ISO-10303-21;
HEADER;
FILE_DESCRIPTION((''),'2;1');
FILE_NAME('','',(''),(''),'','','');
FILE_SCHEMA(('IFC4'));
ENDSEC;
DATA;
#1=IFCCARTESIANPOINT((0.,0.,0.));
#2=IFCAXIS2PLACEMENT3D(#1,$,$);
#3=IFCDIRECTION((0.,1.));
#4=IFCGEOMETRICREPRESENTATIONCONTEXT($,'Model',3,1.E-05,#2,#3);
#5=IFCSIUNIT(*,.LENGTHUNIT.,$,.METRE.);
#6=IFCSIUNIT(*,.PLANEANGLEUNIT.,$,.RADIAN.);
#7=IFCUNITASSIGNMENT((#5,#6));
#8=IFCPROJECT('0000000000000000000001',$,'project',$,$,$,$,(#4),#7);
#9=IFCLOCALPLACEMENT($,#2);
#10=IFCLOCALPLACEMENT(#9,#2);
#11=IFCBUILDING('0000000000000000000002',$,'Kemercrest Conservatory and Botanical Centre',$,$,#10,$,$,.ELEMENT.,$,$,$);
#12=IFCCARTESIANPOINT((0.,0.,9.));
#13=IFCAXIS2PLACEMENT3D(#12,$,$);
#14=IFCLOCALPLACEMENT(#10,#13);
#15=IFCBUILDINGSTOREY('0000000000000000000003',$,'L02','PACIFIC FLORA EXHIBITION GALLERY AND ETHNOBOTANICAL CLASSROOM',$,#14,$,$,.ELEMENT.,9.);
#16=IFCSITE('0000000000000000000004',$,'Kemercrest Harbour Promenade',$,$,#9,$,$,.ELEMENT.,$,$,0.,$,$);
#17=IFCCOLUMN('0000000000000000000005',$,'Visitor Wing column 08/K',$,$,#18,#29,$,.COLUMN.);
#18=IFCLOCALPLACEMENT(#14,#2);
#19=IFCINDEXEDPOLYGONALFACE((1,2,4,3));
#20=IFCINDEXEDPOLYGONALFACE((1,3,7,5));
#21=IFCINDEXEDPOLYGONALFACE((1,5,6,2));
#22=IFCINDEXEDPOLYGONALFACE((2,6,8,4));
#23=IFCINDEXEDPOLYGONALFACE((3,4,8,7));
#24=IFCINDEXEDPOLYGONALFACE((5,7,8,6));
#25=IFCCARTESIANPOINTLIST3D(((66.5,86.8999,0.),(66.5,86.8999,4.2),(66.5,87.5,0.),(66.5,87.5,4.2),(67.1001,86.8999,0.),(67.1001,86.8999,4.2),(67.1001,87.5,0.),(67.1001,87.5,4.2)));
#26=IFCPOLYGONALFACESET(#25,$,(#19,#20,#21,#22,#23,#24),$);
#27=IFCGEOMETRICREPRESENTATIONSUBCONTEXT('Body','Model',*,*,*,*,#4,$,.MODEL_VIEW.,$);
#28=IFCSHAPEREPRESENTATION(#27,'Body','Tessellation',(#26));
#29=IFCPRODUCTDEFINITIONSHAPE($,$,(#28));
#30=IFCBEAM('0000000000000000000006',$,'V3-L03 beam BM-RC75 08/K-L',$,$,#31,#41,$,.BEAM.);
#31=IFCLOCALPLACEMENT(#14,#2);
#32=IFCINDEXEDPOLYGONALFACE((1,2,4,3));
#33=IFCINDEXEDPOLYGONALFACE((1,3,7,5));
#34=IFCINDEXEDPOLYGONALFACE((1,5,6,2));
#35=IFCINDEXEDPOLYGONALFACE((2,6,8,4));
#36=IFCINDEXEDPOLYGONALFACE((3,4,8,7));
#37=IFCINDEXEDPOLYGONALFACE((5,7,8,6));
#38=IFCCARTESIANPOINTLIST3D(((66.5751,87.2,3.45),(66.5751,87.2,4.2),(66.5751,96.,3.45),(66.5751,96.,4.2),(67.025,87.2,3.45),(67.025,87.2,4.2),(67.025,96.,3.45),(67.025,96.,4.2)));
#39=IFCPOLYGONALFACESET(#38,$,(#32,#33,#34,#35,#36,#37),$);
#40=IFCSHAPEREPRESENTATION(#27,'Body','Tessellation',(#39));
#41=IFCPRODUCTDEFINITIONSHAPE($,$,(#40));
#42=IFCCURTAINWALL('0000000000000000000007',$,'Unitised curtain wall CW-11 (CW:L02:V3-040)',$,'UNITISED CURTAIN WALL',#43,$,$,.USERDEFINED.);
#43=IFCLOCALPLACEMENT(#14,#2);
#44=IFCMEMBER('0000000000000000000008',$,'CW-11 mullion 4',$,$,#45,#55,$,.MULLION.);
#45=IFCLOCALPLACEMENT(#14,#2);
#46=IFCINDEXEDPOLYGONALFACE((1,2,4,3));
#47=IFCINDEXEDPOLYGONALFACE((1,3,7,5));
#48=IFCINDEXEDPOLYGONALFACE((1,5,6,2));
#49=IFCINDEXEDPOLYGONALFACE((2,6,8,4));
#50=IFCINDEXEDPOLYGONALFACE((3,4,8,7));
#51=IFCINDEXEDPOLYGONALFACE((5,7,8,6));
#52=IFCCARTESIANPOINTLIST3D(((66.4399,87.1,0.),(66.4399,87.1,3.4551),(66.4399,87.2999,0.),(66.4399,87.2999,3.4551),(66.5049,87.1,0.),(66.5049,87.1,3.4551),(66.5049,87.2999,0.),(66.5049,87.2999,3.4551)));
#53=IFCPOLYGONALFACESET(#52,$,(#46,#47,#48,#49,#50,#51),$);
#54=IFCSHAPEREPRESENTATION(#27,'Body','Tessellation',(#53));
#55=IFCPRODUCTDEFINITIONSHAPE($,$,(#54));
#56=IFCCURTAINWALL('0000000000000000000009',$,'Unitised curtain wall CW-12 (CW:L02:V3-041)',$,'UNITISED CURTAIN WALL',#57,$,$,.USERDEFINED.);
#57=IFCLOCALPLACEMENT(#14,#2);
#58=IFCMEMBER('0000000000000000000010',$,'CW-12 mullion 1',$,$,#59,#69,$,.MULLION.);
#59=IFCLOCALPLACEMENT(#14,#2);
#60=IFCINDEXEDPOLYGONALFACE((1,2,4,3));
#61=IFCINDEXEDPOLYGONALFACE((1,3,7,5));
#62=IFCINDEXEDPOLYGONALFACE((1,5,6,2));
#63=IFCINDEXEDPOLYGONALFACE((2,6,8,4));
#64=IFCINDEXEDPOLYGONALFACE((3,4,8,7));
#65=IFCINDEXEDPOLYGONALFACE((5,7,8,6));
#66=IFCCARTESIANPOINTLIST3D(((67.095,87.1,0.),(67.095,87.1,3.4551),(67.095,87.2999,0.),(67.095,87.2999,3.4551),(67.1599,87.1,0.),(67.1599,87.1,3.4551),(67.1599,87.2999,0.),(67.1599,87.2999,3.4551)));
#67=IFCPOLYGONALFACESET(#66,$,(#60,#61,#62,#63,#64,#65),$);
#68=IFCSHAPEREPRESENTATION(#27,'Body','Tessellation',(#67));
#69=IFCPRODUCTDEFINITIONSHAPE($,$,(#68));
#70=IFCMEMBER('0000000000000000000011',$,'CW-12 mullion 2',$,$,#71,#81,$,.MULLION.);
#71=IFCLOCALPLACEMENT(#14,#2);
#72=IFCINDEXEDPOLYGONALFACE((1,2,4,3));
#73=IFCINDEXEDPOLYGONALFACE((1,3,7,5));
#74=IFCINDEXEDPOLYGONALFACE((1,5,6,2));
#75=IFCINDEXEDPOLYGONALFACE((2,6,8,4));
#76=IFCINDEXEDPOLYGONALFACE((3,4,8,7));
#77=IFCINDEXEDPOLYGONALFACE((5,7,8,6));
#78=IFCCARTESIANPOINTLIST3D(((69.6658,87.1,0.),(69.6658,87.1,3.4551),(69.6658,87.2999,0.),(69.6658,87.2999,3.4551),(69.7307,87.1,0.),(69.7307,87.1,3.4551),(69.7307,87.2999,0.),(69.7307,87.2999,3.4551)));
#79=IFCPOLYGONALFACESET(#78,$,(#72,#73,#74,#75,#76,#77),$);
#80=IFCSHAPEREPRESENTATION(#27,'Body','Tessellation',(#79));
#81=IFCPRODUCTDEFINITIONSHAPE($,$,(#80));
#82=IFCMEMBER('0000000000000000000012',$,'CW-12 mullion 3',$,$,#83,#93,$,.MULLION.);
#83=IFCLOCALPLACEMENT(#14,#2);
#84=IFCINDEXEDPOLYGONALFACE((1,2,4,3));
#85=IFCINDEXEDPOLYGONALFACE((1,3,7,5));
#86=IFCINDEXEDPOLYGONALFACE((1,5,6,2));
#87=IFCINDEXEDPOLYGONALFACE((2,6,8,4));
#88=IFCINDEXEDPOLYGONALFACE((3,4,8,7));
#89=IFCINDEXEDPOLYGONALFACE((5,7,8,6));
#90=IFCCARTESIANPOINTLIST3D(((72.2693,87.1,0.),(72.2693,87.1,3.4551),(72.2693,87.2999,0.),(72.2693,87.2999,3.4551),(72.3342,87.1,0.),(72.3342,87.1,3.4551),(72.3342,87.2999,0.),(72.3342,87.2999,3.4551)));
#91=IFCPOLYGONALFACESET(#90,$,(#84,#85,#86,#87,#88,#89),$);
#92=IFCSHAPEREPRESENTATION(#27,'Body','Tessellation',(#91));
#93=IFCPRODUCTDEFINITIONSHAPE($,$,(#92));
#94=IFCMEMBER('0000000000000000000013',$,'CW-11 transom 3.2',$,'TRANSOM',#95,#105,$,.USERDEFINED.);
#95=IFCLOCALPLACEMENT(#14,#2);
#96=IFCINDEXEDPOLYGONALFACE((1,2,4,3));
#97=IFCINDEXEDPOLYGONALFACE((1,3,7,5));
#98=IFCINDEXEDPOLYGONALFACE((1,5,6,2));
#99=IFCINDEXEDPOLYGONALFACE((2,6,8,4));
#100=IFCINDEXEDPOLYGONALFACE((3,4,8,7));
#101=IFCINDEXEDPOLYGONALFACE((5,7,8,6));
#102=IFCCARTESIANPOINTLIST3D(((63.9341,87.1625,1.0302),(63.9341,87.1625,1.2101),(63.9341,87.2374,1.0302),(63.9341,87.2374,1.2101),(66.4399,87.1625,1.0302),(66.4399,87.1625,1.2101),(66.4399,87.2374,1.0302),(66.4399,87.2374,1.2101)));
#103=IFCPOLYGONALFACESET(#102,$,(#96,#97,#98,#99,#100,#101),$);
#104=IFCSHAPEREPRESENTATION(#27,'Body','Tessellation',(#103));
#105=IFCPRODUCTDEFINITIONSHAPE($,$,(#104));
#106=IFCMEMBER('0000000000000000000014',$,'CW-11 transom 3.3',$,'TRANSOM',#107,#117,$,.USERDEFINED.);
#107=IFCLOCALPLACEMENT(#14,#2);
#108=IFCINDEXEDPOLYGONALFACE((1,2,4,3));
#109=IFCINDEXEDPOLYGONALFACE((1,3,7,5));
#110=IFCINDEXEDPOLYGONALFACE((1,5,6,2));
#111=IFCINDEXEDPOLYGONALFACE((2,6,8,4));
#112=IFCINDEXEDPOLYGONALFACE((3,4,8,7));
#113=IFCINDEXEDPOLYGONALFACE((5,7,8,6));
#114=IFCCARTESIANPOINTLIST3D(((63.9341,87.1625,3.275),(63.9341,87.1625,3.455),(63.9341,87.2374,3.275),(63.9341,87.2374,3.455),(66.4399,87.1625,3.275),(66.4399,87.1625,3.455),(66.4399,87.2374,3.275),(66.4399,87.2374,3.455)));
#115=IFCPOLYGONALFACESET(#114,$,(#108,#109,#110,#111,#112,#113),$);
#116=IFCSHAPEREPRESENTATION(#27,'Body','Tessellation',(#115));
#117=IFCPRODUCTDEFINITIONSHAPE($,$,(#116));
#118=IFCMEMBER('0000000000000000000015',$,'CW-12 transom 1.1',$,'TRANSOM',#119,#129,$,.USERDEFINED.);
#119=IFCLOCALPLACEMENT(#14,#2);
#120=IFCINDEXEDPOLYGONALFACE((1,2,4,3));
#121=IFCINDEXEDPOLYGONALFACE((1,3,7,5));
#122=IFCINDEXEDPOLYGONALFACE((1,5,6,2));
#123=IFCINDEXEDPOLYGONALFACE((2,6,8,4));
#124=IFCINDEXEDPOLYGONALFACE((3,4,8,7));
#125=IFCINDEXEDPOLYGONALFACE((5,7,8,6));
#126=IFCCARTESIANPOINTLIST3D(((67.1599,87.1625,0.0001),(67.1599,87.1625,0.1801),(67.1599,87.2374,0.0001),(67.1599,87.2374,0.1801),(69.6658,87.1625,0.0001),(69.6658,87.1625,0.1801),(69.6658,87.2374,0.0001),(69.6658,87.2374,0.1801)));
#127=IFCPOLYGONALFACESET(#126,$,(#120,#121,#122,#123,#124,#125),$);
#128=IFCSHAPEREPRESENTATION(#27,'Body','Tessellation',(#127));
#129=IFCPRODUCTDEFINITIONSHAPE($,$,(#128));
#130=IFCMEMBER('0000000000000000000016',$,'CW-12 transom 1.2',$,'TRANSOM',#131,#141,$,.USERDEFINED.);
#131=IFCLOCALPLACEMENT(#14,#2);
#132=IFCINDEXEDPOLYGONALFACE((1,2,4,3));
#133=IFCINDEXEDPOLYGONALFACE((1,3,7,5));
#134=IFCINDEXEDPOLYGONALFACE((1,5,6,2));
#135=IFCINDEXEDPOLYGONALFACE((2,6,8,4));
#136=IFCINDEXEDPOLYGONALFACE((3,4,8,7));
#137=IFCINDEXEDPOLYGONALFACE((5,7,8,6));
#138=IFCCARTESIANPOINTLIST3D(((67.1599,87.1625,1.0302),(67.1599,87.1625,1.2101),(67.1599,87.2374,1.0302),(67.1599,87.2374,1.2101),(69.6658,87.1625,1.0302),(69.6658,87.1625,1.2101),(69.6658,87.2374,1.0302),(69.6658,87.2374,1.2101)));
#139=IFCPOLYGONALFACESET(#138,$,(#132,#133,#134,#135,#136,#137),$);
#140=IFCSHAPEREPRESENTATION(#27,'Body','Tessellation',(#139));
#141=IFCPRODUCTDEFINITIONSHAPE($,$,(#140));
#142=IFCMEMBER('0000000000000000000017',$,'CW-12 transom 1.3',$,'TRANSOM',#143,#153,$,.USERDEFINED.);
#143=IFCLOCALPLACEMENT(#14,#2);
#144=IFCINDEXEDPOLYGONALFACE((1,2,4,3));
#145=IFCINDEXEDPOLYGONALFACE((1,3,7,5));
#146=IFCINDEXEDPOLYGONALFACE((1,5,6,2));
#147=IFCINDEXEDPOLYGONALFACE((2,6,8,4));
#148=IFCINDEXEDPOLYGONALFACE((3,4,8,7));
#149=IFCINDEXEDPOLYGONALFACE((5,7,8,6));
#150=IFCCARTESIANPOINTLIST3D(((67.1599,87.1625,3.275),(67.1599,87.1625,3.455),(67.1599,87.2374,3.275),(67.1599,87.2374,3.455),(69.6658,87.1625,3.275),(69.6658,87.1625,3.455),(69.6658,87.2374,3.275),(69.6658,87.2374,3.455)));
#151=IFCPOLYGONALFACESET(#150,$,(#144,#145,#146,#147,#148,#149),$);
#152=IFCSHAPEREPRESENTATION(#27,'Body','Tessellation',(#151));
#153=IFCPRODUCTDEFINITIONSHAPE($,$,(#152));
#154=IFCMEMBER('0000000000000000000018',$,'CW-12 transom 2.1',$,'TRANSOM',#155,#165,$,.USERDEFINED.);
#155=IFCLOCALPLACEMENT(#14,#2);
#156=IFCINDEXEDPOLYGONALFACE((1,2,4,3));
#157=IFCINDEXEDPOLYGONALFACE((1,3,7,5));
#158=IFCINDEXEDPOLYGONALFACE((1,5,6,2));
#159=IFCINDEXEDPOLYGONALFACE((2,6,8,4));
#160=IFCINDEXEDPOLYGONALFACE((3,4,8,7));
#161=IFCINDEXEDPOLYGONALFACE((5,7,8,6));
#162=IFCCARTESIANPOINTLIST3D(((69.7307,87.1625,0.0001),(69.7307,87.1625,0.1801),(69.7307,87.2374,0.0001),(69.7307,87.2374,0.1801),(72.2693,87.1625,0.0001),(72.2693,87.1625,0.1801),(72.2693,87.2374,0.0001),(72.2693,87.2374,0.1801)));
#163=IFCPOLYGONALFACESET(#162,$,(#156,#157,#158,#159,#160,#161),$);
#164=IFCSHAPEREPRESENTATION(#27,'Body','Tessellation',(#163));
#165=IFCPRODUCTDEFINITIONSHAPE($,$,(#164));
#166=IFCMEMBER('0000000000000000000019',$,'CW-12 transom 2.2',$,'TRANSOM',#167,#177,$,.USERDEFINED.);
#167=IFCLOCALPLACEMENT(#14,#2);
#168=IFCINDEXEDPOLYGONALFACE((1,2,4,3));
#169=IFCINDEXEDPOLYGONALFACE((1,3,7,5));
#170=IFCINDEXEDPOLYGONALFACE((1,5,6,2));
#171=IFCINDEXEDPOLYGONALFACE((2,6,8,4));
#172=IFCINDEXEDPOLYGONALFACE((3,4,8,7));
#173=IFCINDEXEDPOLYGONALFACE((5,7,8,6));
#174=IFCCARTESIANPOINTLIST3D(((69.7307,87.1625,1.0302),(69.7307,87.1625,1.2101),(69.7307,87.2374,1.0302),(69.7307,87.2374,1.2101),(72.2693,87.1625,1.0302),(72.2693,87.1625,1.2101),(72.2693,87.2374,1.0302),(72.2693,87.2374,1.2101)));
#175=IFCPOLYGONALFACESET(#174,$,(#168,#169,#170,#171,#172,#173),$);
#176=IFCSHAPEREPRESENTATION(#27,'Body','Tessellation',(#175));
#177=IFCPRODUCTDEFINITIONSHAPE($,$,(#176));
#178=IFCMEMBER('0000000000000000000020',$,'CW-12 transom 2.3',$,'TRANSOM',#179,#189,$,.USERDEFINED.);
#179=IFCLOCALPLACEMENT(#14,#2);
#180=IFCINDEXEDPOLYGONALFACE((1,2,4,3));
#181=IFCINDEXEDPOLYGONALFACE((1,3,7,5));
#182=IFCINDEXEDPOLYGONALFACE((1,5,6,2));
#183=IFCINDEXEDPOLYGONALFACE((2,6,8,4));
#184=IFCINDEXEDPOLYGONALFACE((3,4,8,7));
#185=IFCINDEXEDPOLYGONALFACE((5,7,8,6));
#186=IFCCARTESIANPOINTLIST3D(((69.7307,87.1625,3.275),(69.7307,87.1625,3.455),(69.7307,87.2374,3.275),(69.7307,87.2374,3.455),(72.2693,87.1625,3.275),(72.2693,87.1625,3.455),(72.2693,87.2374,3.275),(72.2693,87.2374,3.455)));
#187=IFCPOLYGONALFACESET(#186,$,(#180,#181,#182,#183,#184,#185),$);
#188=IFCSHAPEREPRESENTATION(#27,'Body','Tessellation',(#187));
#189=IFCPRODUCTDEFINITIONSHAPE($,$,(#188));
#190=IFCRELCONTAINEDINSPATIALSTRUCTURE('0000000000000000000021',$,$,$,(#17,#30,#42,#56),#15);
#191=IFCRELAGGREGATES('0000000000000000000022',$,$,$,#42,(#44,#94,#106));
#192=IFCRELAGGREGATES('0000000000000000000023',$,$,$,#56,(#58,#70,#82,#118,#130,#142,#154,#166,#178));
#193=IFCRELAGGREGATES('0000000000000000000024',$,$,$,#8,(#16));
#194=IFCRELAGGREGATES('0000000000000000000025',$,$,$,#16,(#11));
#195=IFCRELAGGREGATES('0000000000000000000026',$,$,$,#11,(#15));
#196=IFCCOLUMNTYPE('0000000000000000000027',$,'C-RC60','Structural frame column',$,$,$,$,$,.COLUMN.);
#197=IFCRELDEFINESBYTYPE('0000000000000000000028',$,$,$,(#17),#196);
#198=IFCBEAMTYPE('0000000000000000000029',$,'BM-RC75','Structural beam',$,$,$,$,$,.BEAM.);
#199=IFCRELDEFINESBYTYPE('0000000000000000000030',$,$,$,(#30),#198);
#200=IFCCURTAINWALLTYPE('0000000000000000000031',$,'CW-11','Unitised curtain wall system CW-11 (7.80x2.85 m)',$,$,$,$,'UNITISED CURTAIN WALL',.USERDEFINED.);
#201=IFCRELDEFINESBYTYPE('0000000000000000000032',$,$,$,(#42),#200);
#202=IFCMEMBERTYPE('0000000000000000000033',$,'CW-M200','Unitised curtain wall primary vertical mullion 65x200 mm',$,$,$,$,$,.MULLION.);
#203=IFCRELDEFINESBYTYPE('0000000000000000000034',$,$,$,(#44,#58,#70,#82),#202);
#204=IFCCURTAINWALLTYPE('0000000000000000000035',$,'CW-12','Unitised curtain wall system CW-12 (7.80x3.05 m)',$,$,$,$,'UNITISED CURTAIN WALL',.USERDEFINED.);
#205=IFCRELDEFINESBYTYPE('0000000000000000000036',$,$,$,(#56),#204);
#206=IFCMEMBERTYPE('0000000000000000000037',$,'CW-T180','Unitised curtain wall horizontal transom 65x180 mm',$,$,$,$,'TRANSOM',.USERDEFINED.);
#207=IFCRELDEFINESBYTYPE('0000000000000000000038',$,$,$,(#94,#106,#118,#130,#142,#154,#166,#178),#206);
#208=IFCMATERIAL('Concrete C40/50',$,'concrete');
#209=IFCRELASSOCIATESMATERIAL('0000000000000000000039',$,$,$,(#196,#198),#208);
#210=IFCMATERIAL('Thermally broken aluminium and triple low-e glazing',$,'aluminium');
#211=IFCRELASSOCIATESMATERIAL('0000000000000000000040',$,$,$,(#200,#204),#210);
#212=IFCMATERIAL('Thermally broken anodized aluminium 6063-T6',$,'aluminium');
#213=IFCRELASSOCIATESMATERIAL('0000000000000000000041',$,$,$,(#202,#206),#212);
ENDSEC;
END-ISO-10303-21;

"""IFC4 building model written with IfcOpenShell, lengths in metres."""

from ifc_helpers import new_model, si_unit, direction, frame, origin, origin_2d, place, context, subcontext, project, spatial, rectangle, extrude, material, material_profile, profile_set, type_object, element, aggregate, save


model = new_model("IFC4")

# Units and contexts
model_context = context("Model", 3, precision=1e-05, world=origin(), true_north=direction((0.0, 1.0)))
body_context = subcontext(model_context, "Body", "Model", "MODEL_VIEW")
ifc_project = project(units=[si_unit("LENGTHUNIT", "METRE"), si_unit("PLANEANGLEUNIT", "RADIAN")], contexts=[model_context])

# Site, building, storey
site_placement = place(None, origin())
site = spatial("IfcSite", under=ifc_project, at=site_placement, Name="Kemercrest Harbour Promenade", CompositionType="ELEMENT", RefElevation=0.0)
building_placement = place(site_placement, origin())
building = spatial("IfcBuilding", under=site, at=building_placement, Name="Kemercrest Conservatory and Botanical Centre", CompositionType="ELEMENT")
storey_placement = place(building_placement, frame((0.0, 0.0, 9.0)))
storey = spatial("IfcBuildingStorey", under=building, at=storey_placement, Name="L02", Description="PACIFIC FLORA EXHIBITION GALLERY AND ETHNOBOTANICAL CLASSROOM", CompositionType="ELEMENT", Elevation=9.0)

# Column
ifc_material_1 = material(Name="Concrete C40/50", Category="concrete")
ifc_material_profile_1 = material_profile(ifc_material_1, rectangle(XDim=0.6001, YDim=0.6001, at=origin_2d()), Name="RC 600x600")
ifc_profile_set_1 = profile_set([ifc_material_profile_1], Name="Concrete C40/50")
column_type = type_object("IfcColumnType", Name="C-RC60", Description="Structural frame column", PredefinedType="COLUMN", material=ifc_profile_set_1)
column_placement = place(storey_placement, frame((66.8, 87.2, 0.0), z_axis=(0.0, 0.0, 1.0), x_axis=(1.0, 0.0, 0.0)))
element("IfcColumn", 1, at=column_placement, inside=storey, type_object=column_type, Name="Visitor Wing column 08/K", PredefinedType="COLUMN", context=body_context, shape_type="SweptSolid", body=[
    extrude(rectangle(XDim=0.6001, YDim=0.6001, at=origin_2d()), origin(), (0.0, 0.0, 1.0), 4.2),
])

# Beam
ifc_material_profile_2 = material_profile(ifc_material_1, rectangle(XDim=0.45, YDim=0.75, at=origin_2d()), Name="RC 450x750")
ifc_profile_set_2 = profile_set([ifc_material_profile_2], Name="Concrete C40/50")
beam_type_1 = type_object("IfcBeamType", Name="BM-RC75", Description="Structural beam", PredefinedType="BEAM", material=ifc_profile_set_2)
beam_1_placement = place(storey_placement, frame((66.8, 87.2, 3.825), z_axis=(0.0, 1.0, 0.0), x_axis=(-1.0, 0.0, 0.0)))
element("IfcBeam", 2, at=beam_1_placement, inside=storey, type_object=beam_type_1, Name="V3-L03 beam BM-RC75 08/K-L", PredefinedType="BEAM", context=body_context, shape_type="SweptSolid", body=[
    extrude(rectangle(XDim=0.45, YDim=0.75, at=origin_2d()), origin(), (0.0, 0.0, 1.0), 8.8),
])

# Curtain wall, member
ifc_material_2 = material(Name="Thermally broken aluminium and triple low-e glazing", Category="aluminium")
curtain_wall_type_1 = type_object("IfcCurtainWallType", Name="CW-11", Description="Unitised curtain wall system CW-11 (7.80x2.85 m)", ElementType="UNITISED CURTAIN WALL", PredefinedType="USERDEFINED", material=ifc_material_2)
curtain_wall_1_placement = place(storey_placement, origin())
curtain_wall_1 = element("IfcCurtainWall", 3, at=curtain_wall_1_placement, inside=storey, type_object=curtain_wall_type_1, Name="Unitised curtain wall CW-11 (CW:L02:V3-040)", ObjectType="UNITISED CURTAIN WALL", PredefinedType="USERDEFINED")
ifc_material_3 = material(Name="Thermally broken anodized aluminium 6063-T6", Category="aluminium")
ifc_material_profile_3 = material_profile(ifc_material_3, rectangle(XDim=0.2, YDim=0.0649, at=origin_2d()), Name="AL MULLION 65x200")
ifc_profile_set_3 = profile_set([ifc_material_profile_3], Name="Thermally broken anodized aluminium 6063-T6")
member_type_1 = type_object("IfcMemberType", Name="CW-M200", Description="Unitised curtain wall primary vertical mullion 65x200 mm", PredefinedType="MULLION", material=ifc_profile_set_3)
member_1_placement = place(storey_placement, frame((66.4724, 87.2, 0.0), z_axis=(0.0, 0.0, 1.0), x_axis=(0.0, 1.0, 0.0)))
member_1 = element("IfcMember", 4, at=member_1_placement, type_object=member_type_1, Name="CW-11 mullion 4", PredefinedType="MULLION", context=body_context, shape_type="SweptSolid", body=[
    extrude(rectangle(XDim=0.2, YDim=0.0649, at=origin_2d()), origin(), (0.0, 0.0, 1.0), 3.4551),
])

# Curtain wall, members
curtain_wall_type_2 = type_object("IfcCurtainWallType", Name="CW-12", Description="Unitised curtain wall system CW-12 (7.80x3.05 m)", ElementType="UNITISED CURTAIN WALL", PredefinedType="USERDEFINED", material=ifc_material_2)
curtain_wall_2_placement = place(storey_placement, origin())
curtain_wall_2 = element("IfcCurtainWall", 5, at=curtain_wall_2_placement, inside=storey, type_object=curtain_wall_type_2, Name="Unitised curtain wall CW-12 (CW:L02:V3-041)", ObjectType="UNITISED CURTAIN WALL", PredefinedType="USERDEFINED")
member_2_placement = place(storey_placement, frame((67.1274, 87.2, 0.0), z_axis=(0.0, 0.0, 1.0), x_axis=(0.0, 1.0, 0.0)))
member_2 = element("IfcMember", 6, at=member_2_placement, type_object=member_type_1, Name="CW-12 mullion 1", PredefinedType="MULLION", context=body_context, shape_type="SweptSolid", body=[
    extrude(rectangle(XDim=0.2, YDim=0.0649, at=origin_2d()), origin(), (0.0, 0.0, 1.0), 3.4551),
])
member_3_placement = place(storey_placement, frame((69.6982, 87.2, 0.0), z_axis=(0.0, 0.0, 1.0), x_axis=(0.0, 1.0, 0.0)))
member_3 = element("IfcMember", 7, at=member_3_placement, type_object=member_type_1, Name="CW-12 mullion 2", PredefinedType="MULLION", context=body_context, shape_type="SweptSolid", body=[
    extrude(rectangle(XDim=0.2, YDim=0.0649, at=origin_2d()), origin(), (0.0, 0.0, 1.0), 3.4551),
])
member_4_placement = place(storey_placement, frame((72.3018, 87.2, 0.0), z_axis=(0.0, 0.0, 1.0), x_axis=(0.0, 1.0, 0.0)))
member_4 = element("IfcMember", 8, at=member_4_placement, type_object=member_type_1, Name="CW-12 mullion 3", PredefinedType="MULLION", context=body_context, shape_type="SweptSolid", body=[
    extrude(rectangle(XDim=0.2, YDim=0.0649, at=origin_2d()), origin(), (0.0, 0.0, 1.0), 3.4551),
])

# Members
ifc_material_profile_4 = material_profile(ifc_material_3, rectangle(XDim=0.075, YDim=0.1799, at=origin_2d()), Name="AL TRANSOM 75x180")
ifc_profile_set_4 = profile_set([ifc_material_profile_4], Name="Thermally broken anodized aluminium 6063-T6")
member_type_2 = type_object("IfcMemberType", Name="CW-T180", Description="Unitised curtain wall horizontal transom 65x180 mm", ElementType="TRANSOM", PredefinedType="USERDEFINED", material=ifc_profile_set_4)
member_5_placement = place(storey_placement, frame((63.9341, 87.2, 1.1201), z_axis=(1.0, 0.0, 0.0), x_axis=(0.0, 1.0, 0.0)))
member_5 = element("IfcMember", 9, at=member_5_placement, type_object=member_type_2, Name="CW-11 transom 3.2", ObjectType="TRANSOM", PredefinedType="USERDEFINED", context=body_context, shape_type="SweptSolid", body=[
    extrude(rectangle(XDim=0.075, YDim=0.1799, at=origin_2d()), origin(), (0.0, 0.0, 1.0), 2.5059),
])
member_6_placement = place(storey_placement, frame((63.9341, 87.2, 3.365), z_axis=(1.0, 0.0, 0.0), x_axis=(0.0, 1.0, 0.0)))
member_6 = element("IfcMember", 10, at=member_6_placement, type_object=member_type_2, Name="CW-11 transom 3.3", ObjectType="TRANSOM", PredefinedType="USERDEFINED", context=body_context, shape_type="SweptSolid", body=[
    extrude(rectangle(XDim=0.075, YDim=0.1799, at=origin_2d()), origin(), (0.0, 0.0, 1.0), 2.5059),
])
member_7_placement = place(storey_placement, frame((67.1599, 87.2, 0.0901), z_axis=(1.0, 0.0, 0.0), x_axis=(0.0, 1.0, 0.0)))
member_7 = element("IfcMember", 11, at=member_7_placement, type_object=member_type_2, Name="CW-12 transom 1.1", ObjectType="TRANSOM", PredefinedType="USERDEFINED", context=body_context, shape_type="SweptSolid", body=[
    extrude(rectangle(XDim=0.075, YDim=0.1799, at=origin_2d()), origin(), (0.0, 0.0, 1.0), 2.5059),
])
member_8_placement = place(storey_placement, frame((67.1599, 87.2, 1.1201), z_axis=(1.0, 0.0, 0.0), x_axis=(0.0, 1.0, 0.0)))
member_8 = element("IfcMember", 12, at=member_8_placement, type_object=member_type_2, Name="CW-12 transom 1.2", ObjectType="TRANSOM", PredefinedType="USERDEFINED", context=body_context, shape_type="SweptSolid", body=[
    extrude(rectangle(XDim=0.075, YDim=0.1799, at=origin_2d()), origin(), (0.0, 0.0, 1.0), 2.5059),
])
member_9_placement = place(storey_placement, frame((67.1599, 87.2, 3.365), z_axis=(1.0, 0.0, 0.0), x_axis=(0.0, 1.0, 0.0)))
member_9 = element("IfcMember", 13, at=member_9_placement, type_object=member_type_2, Name="CW-12 transom 1.3", ObjectType="TRANSOM", PredefinedType="USERDEFINED", context=body_context, shape_type="SweptSolid", body=[
    extrude(rectangle(XDim=0.075, YDim=0.1799, at=origin_2d()), origin(), (0.0, 0.0, 1.0), 2.5059),
])
member_10_placement = place(storey_placement, frame((69.7307, 87.2, 0.0901), z_axis=(1.0, 0.0, 0.0), x_axis=(0.0, 1.0, 0.0)))
member_10 = element("IfcMember", 14, at=member_10_placement, type_object=member_type_2, Name="CW-12 transom 2.1", ObjectType="TRANSOM", PredefinedType="USERDEFINED", context=body_context, shape_type="SweptSolid", body=[
    extrude(rectangle(XDim=0.075, YDim=0.1799, at=origin_2d()), origin(), (0.0, 0.0, 1.0), 2.5386),
])
member_11_placement = place(storey_placement, frame((69.7307, 87.2, 1.1201), z_axis=(1.0, 0.0, 0.0), x_axis=(0.0, 1.0, 0.0)))
member_11 = element("IfcMember", 15, at=member_11_placement, type_object=member_type_2, Name="CW-12 transom 2.2", ObjectType="TRANSOM", PredefinedType="USERDEFINED", context=body_context, shape_type="SweptSolid", body=[
    extrude(rectangle(XDim=0.075, YDim=0.1799, at=origin_2d()), origin(), (0.0, 0.0, 1.0), 2.5386),
])
member_12_placement = place(storey_placement, frame((69.7307, 87.2, 3.365), z_axis=(1.0, 0.0, 0.0), x_axis=(0.0, 1.0, 0.0)))
member_12 = element("IfcMember", 16, at=member_12_placement, type_object=member_type_2, Name="CW-12 transom 2.3", ObjectType="TRANSOM", PredefinedType="USERDEFINED", context=body_context, shape_type="SweptSolid", body=[
    extrude(rectangle(XDim=0.075, YDim=0.1799, at=origin_2d()), origin(), (0.0, 0.0, 1.0), 2.5386),
])

aggregate(curtain_wall_1, [member_1, member_5, member_6])
aggregate(curtain_wall_2, [member_2, member_3, member_4, member_7, member_8, member_9, member_10, member_11, member_12])

save(model, "model.ifc")
